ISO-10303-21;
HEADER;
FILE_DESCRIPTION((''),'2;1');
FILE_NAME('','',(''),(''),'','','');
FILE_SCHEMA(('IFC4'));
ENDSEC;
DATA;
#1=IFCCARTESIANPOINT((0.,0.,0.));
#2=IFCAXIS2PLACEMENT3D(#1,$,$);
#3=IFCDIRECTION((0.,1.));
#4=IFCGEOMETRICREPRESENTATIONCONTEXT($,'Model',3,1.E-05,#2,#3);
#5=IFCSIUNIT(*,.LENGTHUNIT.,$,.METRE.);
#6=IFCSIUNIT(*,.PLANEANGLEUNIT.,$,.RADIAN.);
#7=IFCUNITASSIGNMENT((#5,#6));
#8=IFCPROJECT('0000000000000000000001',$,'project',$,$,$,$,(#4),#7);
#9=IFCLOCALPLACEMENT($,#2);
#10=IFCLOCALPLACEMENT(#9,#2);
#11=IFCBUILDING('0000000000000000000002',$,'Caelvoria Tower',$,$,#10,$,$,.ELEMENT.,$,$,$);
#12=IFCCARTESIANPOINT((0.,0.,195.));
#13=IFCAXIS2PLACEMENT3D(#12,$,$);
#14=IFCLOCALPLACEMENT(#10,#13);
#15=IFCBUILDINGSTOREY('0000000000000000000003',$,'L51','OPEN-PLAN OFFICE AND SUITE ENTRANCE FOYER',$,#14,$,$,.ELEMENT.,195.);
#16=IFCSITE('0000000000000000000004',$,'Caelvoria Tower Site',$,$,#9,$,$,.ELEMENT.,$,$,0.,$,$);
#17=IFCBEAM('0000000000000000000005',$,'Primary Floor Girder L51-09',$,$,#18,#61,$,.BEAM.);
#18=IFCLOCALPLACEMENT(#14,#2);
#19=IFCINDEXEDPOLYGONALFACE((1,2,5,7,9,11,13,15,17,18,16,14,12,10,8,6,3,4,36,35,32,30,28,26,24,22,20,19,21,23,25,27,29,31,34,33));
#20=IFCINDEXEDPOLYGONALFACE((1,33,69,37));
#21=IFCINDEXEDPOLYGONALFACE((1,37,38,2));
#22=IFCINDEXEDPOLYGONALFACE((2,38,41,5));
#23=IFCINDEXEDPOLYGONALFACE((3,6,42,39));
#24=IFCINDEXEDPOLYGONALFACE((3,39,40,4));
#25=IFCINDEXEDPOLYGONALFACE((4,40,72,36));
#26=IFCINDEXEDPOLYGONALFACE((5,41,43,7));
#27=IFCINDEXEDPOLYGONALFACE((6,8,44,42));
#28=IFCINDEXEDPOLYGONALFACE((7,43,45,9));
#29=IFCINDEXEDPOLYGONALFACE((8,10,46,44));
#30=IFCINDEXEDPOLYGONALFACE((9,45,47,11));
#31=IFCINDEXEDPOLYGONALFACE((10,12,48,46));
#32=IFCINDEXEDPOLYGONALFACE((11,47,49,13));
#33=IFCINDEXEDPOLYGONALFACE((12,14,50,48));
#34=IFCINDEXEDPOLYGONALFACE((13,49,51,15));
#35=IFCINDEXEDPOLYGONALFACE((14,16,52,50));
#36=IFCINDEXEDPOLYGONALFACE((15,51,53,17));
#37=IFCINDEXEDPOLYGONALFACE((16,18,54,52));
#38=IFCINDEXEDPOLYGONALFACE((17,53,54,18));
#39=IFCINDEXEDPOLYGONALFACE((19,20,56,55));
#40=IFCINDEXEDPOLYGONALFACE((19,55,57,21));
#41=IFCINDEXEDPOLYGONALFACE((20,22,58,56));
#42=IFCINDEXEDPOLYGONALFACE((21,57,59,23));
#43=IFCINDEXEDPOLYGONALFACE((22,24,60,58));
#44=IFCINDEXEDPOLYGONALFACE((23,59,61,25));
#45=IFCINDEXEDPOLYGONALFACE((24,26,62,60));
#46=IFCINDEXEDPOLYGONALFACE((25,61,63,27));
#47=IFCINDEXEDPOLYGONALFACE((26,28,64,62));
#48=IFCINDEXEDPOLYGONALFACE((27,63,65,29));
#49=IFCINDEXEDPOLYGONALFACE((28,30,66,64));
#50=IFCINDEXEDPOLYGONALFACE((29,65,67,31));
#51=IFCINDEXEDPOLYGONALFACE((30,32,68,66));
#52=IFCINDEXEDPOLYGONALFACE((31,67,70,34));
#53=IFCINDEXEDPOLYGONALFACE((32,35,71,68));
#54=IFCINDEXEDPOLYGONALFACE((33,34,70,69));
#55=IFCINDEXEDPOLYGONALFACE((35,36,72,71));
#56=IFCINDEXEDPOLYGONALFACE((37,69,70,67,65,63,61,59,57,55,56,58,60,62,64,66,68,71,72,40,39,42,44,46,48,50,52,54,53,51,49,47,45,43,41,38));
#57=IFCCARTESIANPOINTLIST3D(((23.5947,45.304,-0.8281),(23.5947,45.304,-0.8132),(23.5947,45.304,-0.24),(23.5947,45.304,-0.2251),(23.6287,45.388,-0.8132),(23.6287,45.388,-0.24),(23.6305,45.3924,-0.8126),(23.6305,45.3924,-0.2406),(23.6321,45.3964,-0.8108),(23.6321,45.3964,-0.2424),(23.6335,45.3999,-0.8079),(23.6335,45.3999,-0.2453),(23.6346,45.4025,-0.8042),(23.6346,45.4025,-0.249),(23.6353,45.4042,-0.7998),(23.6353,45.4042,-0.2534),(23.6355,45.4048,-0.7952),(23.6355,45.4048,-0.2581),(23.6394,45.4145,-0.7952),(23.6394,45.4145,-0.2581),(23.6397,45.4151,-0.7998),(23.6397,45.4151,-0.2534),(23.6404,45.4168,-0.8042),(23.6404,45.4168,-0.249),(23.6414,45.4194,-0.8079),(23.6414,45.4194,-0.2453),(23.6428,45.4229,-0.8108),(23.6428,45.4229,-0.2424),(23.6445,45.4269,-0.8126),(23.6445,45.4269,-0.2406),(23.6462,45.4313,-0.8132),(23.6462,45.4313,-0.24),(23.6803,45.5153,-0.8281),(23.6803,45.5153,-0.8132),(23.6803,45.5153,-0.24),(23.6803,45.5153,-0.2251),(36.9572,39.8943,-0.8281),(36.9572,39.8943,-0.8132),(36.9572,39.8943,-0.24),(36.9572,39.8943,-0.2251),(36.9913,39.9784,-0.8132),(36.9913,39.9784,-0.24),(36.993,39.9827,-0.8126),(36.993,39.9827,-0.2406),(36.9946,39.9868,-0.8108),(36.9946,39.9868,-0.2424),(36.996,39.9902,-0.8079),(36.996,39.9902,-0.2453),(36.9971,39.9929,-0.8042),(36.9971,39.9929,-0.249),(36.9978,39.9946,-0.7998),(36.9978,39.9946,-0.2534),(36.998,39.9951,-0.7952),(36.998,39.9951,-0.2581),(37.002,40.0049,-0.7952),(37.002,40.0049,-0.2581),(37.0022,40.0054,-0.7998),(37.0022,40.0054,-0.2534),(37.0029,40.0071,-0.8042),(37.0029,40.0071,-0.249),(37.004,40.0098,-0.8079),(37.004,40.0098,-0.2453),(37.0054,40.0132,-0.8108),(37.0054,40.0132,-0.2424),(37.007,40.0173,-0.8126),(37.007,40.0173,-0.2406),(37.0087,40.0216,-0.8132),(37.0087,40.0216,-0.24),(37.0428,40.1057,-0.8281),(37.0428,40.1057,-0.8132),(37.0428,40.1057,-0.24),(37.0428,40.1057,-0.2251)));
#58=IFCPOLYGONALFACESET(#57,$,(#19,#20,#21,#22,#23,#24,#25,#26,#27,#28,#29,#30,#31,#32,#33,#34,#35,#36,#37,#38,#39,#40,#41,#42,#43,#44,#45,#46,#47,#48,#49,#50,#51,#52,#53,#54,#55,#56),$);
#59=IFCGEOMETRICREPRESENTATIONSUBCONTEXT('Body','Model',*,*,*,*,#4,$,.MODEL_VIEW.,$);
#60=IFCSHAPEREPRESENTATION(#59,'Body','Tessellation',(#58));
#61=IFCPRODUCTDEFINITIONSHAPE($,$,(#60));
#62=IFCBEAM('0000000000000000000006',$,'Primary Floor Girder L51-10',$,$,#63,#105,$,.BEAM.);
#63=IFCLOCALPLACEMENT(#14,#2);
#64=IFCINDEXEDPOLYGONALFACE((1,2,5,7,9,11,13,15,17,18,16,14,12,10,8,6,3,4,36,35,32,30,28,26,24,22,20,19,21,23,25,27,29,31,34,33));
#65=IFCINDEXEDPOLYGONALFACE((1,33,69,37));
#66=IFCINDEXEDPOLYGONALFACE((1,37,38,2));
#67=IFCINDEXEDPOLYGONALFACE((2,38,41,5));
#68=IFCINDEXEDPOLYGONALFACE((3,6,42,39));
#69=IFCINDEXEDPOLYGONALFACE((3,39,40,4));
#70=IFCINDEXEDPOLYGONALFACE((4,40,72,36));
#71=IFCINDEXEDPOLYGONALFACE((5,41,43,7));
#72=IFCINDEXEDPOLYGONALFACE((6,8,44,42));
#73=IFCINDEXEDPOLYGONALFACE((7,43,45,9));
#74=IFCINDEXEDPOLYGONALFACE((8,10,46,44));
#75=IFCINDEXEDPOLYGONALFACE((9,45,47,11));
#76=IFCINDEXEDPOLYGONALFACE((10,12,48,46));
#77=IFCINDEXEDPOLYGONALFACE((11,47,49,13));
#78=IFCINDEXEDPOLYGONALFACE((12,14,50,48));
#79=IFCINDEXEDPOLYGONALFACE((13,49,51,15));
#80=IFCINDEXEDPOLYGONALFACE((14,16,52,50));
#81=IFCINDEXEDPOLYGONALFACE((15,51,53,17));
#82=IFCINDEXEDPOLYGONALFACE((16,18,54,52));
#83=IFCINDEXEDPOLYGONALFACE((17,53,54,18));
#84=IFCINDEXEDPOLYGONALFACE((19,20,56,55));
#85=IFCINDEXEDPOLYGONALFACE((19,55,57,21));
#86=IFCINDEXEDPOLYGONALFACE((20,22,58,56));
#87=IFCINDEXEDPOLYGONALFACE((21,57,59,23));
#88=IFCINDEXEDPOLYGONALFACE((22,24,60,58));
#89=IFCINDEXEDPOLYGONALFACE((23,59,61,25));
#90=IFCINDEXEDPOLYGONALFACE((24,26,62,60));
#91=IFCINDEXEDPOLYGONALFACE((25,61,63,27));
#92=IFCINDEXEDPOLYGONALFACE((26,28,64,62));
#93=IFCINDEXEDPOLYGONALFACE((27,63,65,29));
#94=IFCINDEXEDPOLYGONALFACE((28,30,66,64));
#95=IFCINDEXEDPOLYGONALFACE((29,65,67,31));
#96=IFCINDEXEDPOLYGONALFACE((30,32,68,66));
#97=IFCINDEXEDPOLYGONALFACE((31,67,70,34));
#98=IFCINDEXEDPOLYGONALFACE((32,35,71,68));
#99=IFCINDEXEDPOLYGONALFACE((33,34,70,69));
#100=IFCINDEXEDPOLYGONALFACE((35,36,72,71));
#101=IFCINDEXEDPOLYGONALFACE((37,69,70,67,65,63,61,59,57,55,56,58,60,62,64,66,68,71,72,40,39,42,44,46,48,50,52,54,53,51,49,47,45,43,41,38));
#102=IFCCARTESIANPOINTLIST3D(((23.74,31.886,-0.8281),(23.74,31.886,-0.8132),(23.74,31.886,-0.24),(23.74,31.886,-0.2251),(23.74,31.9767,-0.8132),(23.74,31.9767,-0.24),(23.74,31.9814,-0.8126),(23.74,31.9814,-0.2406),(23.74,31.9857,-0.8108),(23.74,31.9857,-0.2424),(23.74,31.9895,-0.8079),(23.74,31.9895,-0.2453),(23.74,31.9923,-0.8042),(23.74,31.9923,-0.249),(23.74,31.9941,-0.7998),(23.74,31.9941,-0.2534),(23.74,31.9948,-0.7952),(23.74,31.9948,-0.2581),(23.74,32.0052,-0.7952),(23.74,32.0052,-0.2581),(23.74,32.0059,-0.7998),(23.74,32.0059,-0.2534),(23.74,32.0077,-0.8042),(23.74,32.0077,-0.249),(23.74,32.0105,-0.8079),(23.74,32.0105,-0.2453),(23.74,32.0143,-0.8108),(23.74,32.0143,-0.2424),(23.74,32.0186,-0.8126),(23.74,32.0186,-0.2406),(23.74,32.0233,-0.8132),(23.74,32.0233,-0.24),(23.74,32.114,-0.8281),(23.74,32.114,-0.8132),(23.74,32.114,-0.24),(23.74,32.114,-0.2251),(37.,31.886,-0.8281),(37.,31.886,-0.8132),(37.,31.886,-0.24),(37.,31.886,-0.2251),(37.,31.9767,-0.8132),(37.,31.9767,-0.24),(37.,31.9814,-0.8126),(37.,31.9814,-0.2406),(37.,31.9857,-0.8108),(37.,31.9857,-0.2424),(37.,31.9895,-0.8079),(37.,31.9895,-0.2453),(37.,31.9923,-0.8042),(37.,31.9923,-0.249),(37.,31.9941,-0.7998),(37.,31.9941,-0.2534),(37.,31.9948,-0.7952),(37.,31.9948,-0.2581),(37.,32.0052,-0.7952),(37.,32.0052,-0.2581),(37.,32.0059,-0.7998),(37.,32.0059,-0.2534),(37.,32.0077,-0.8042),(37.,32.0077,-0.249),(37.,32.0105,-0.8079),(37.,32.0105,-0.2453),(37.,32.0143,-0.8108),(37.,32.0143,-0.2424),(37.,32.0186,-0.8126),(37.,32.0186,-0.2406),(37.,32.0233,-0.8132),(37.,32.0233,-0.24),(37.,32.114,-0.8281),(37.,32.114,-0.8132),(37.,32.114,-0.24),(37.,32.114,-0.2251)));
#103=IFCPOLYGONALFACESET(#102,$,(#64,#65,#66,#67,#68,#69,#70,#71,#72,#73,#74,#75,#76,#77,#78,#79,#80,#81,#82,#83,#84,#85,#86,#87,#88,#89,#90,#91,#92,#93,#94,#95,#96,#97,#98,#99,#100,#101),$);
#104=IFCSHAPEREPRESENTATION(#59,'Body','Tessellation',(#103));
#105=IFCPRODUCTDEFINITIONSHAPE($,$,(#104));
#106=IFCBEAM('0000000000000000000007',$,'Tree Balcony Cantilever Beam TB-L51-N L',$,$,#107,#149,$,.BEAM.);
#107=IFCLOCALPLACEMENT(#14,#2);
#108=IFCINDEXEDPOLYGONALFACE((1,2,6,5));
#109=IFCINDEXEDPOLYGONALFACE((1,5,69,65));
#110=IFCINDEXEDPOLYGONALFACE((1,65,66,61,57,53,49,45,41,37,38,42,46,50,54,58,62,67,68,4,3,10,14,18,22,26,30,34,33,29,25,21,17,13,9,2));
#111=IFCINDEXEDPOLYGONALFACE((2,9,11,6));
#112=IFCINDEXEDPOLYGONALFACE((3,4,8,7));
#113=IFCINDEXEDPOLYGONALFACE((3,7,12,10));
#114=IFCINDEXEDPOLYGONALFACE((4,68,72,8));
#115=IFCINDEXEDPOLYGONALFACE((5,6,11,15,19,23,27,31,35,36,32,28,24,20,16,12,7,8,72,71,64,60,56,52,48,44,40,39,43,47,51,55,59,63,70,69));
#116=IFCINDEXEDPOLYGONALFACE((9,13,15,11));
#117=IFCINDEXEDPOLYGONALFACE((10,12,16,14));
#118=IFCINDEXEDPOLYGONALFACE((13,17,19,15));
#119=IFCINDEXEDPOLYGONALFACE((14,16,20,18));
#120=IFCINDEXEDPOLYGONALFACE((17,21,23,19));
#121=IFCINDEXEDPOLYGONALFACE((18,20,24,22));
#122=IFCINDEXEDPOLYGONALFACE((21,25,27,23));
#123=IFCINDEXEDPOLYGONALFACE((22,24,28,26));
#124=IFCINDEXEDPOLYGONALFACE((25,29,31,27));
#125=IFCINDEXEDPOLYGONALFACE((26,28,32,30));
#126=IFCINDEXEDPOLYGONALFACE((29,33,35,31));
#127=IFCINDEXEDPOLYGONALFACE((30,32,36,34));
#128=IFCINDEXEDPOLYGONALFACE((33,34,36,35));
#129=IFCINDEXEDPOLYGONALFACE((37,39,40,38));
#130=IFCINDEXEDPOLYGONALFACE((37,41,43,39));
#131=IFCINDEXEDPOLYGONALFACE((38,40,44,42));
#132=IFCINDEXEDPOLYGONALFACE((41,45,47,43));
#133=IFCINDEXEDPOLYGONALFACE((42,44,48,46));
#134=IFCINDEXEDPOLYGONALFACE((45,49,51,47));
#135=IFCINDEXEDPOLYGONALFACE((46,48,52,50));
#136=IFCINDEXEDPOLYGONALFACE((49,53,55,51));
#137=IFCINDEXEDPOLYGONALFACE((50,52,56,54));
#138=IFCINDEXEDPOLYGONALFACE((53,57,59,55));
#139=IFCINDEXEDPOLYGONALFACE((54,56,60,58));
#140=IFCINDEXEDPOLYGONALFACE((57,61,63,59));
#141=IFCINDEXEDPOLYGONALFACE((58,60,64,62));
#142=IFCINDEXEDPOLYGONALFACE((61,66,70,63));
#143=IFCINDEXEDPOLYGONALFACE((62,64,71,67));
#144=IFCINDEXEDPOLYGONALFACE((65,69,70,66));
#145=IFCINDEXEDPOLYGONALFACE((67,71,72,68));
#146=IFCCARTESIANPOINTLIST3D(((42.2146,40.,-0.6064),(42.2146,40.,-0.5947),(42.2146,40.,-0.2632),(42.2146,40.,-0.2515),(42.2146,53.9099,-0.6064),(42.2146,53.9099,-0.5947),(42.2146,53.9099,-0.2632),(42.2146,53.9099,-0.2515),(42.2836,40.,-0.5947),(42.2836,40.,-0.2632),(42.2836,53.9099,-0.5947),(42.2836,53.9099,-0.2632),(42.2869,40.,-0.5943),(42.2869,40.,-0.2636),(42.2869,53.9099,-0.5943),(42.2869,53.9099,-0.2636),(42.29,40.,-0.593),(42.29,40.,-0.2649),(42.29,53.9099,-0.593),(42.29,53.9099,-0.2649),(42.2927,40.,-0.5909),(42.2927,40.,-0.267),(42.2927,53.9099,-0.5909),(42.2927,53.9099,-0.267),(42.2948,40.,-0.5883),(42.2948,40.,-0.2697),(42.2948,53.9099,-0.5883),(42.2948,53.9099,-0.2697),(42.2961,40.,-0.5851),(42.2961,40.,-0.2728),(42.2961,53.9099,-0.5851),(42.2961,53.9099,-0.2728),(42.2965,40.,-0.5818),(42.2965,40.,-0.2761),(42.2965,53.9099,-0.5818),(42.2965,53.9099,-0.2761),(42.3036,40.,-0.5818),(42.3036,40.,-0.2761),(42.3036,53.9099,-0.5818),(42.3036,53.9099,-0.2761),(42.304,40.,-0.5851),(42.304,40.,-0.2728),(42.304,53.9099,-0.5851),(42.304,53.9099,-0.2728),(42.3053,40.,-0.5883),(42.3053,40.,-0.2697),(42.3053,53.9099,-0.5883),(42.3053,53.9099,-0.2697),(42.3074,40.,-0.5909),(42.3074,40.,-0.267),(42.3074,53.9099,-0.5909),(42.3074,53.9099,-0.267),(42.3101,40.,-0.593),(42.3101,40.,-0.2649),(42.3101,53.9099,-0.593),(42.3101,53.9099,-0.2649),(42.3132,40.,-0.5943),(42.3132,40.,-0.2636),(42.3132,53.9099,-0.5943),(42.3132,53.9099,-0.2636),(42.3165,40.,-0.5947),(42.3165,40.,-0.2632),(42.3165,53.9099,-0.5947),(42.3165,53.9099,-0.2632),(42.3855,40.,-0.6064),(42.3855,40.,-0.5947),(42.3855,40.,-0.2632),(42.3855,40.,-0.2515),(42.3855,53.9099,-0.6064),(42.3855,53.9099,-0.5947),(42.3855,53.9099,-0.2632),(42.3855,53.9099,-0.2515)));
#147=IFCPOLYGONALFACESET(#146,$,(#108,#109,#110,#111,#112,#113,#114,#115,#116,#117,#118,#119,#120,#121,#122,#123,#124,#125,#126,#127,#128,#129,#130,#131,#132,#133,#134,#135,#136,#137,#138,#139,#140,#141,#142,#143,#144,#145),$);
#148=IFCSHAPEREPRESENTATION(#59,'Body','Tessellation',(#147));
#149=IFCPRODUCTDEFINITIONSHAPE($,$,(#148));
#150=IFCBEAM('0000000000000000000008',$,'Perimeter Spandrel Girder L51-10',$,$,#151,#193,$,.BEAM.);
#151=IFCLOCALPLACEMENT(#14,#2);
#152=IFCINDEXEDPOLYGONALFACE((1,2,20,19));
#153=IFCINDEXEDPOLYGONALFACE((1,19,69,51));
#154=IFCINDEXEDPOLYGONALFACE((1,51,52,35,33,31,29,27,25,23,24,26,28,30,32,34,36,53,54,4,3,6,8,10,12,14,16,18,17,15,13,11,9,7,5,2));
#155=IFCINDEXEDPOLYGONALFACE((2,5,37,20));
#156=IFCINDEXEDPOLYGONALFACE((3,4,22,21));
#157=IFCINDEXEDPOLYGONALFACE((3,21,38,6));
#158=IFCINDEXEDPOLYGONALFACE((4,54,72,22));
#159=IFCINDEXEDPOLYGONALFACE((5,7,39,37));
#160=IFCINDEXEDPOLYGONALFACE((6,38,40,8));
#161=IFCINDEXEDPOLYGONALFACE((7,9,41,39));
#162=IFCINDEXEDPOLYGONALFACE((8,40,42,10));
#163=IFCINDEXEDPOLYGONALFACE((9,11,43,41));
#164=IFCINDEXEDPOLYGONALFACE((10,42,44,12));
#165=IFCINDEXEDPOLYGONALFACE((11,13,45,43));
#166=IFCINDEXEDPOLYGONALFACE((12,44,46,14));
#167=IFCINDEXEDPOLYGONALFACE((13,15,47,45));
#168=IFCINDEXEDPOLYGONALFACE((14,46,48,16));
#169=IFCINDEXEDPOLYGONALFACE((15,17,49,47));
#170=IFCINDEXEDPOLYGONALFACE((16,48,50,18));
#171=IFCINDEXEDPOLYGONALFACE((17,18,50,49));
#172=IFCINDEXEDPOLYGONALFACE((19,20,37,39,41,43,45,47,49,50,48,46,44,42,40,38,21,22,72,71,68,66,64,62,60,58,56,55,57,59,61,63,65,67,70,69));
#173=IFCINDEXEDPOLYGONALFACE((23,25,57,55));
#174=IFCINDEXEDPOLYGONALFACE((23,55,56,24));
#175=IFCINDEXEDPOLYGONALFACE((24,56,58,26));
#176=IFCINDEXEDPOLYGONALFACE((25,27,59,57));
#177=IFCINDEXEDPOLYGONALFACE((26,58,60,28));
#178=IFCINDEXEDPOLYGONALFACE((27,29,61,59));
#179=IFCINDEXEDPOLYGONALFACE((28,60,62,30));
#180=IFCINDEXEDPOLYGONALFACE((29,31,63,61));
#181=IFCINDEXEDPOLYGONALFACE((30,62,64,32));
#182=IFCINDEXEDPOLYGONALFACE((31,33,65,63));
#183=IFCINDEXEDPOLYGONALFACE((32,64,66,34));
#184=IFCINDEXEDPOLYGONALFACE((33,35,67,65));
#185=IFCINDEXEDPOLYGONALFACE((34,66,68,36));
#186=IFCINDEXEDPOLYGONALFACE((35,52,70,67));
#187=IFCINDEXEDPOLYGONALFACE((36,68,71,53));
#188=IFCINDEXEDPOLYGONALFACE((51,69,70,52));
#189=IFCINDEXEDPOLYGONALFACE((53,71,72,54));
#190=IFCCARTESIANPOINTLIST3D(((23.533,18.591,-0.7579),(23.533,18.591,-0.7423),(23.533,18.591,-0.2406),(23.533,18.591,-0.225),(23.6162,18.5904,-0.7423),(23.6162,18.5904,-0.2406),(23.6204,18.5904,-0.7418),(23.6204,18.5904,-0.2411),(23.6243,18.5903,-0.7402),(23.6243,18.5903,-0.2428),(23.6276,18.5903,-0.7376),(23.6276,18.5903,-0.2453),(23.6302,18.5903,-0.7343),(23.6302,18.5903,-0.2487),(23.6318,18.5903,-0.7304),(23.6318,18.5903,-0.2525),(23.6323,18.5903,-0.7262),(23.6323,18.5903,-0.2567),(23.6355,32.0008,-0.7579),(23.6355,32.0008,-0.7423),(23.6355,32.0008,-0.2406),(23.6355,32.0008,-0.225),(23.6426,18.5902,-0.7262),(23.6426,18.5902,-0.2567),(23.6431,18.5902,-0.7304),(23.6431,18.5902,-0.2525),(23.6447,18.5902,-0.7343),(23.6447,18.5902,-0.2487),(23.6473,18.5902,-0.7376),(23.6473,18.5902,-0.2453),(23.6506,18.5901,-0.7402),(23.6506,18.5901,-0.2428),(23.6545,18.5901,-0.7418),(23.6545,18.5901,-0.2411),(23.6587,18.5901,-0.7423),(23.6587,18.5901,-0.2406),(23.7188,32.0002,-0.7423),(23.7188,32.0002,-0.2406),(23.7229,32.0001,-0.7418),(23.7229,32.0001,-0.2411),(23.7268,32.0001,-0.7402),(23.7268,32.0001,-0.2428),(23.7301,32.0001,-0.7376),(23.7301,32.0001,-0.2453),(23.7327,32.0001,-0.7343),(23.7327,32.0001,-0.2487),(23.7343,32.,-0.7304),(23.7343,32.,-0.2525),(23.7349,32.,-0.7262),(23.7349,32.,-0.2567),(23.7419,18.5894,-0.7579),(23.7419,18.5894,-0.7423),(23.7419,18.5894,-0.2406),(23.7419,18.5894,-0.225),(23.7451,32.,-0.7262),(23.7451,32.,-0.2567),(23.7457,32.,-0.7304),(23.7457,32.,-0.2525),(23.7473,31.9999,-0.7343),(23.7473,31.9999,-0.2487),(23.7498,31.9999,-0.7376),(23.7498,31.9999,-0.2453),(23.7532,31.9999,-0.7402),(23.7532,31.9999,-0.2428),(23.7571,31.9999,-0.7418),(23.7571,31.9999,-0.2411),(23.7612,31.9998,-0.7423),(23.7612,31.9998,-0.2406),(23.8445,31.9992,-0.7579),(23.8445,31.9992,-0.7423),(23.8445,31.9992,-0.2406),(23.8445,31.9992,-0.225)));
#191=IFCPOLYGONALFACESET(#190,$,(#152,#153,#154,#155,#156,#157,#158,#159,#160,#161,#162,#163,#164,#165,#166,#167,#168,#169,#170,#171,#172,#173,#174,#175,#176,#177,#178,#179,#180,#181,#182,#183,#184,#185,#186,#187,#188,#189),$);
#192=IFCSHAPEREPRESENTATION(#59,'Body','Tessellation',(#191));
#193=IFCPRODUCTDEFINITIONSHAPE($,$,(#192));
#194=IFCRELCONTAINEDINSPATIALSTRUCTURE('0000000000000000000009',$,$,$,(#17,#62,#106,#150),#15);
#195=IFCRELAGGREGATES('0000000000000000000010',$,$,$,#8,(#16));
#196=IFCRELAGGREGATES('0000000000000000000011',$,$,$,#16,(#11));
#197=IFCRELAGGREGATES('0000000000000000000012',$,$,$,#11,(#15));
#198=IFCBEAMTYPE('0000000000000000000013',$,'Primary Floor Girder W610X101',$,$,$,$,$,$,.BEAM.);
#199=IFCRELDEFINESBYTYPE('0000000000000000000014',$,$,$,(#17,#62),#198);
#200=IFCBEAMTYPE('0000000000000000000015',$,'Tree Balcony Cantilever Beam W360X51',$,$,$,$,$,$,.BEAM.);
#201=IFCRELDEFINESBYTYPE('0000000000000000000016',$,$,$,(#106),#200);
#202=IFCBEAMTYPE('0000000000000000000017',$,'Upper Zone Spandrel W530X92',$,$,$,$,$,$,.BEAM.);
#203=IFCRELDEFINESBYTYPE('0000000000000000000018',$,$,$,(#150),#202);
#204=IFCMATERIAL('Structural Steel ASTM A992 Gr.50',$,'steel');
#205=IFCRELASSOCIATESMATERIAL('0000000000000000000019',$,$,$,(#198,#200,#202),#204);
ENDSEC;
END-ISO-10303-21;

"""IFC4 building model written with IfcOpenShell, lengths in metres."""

from ifc_helpers import new_model, si_unit, direction, frame, origin, origin_2d, place, context, subcontext, project, spatial, i_section, extrude, material, material_profile, profile_set, type_object, element, save


model = new_model("IFC4")

# Units and contexts
model_context = context("Model", 3, precision=1e-05, world=origin(), true_north=direction((0.0, 1.0)))
body_context = subcontext(model_context, "Body", "Model", "MODEL_VIEW")
ifc_project = project(units=[si_unit("LENGTHUNIT", "METRE"), si_unit("PLANEANGLEUNIT", "RADIAN")], contexts=[model_context])

# Site, building, storey
site_placement = place(None, origin())
site = spatial("IfcSite", under=ifc_project, at=site_placement, Name="Caelvoria Tower Site", CompositionType="ELEMENT", RefElevation=0.0)
building_placement = place(site_placement, origin())
building = spatial("IfcBuilding", under=site, at=building_placement, Name="Caelvoria Tower", CompositionType="ELEMENT")
storey_placement = place(building_placement, frame((0.0, 0.0, 195.0)))
storey = spatial("IfcBuildingStorey", under=building, at=storey_placement, Name="L51", Description="OPEN-PLAN OFFICE AND SUITE ENTRANCE FOYER", CompositionType="ELEMENT", Elevation=195.0)

# Shared definitions
ifc_material_1 = material(Name="Structural Steel ASTM A992 Gr.50", Category="steel")

# Beams
ifc_material_profile_1 = material_profile(ifc_material_1, i_section(OverallWidth=0.228, OverallDepth=0.603, WebThickness=0.0105, FlangeThickness=0.0149, FilletRadius=0.0181, at=origin_2d()), Name="Structural Steel ASTM A992 Gr.50")
ifc_profile_set_1 = profile_set([ifc_material_profile_1], Name="W610X101 - Structural Steel ASTM A992 Gr.50")
beam_type_1 = type_object("IfcBeamType", Name="Primary Floor Girder W610X101", PredefinedType="BEAM", material=ifc_profile_set_1)
beam_1_placement = place(storey_placement, frame((37.0, 40.0, -0.5266), z_axis=(-0.926922, 0.375253, 0.0), x_axis=(-0.375253, -0.926922, 0.0)))
element("IfcBeam", 1, at=beam_1_placement, inside=storey, type_object=beam_type_1, Name="Primary Floor Girder L51-09", PredefinedType="BEAM", context=body_context, shape_type="SweptSolid", body=[
    extrude(i_section(OverallWidth=0.228, OverallDepth=0.603, WebThickness=0.0105, FlangeThickness=0.0149, FilletRadius=0.0181, at=origin_2d()), origin(), (0.0, 0.0, 1.0), 14.416),
])
beam_2_placement = place(storey_placement, frame((37.0, 32.0, -0.5266), z_axis=(-1.0, 0.0, 0.0), x_axis=(0.0, -1.0, 0.0)))
element("IfcBeam", 2, at=beam_2_placement, inside=storey, type_object=beam_type_1, Name="Primary Floor Girder L51-10", PredefinedType="BEAM", context=body_context, shape_type="SweptSolid", body=[
    extrude(i_section(OverallWidth=0.228, OverallDepth=0.603, WebThickness=0.0105, FlangeThickness=0.0149, FilletRadius=0.0181, at=origin_2d()), origin(), (0.0, 0.0, 1.0), 13.26),
])
ifc_material_profile_2 = material_profile(ifc_material_1, i_section(OverallWidth=0.1709, OverallDepth=0.355, WebThickness=0.0071, FlangeThickness=0.0117, FilletRadius=0.0129, at=origin_2d()), Name="Structural Steel ASTM A992 Gr.50")
ifc_profile_set_2 = profile_set([ifc_material_profile_2], Name="W360X51 - Structural Steel ASTM A992 Gr.50")
beam_type_2 = type_object("IfcBeamType", Name="Tree Balcony Cantilever Beam W360X51", PredefinedType="BEAM", material=ifc_profile_set_2)
beam_3_placement = place(storey_placement, frame((42.3, 40.0, -0.429), z_axis=(0.0, 1.0, 0.0), x_axis=(-1.0, 0.0, 0.0)))
element("IfcBeam", 3, at=beam_3_placement, inside=storey, type_object=beam_type_2, Name="Tree Balcony Cantilever Beam TB-L51-N L", PredefinedType="BEAM", context=body_context, shape_type="SweptSolid", body=[
    extrude(i_section(OverallWidth=0.1709, OverallDepth=0.355, WebThickness=0.0071, FlangeThickness=0.0117, FilletRadius=0.0129, at=origin_2d()), origin(), (0.0, 0.0, 1.0), 13.9099),
])
ifc_material_profile_3 = material_profile(ifc_material_1, i_section(OverallWidth=0.209, OverallDepth=0.533, WebThickness=0.0103, FlangeThickness=0.0156, FilletRadius=0.0161, at=origin_2d()), Name="Structural Steel ASTM A992 Gr.50")
ifc_profile_set_3 = profile_set([ifc_material_profile_3], Name="W530X92 - Structural Steel ASTM A992 Gr.50")
beam_type_3 = type_object("IfcBeamType", Name="Upper Zone Spandrel W530X92", PredefinedType="BEAM", material=ifc_profile_set_3)
beam_4_placement = place(storey_placement, frame((23.74, 32.0, -0.4915), z_axis=(-0.007646, -0.999971, 0.0), x_axis=(0.999971, -0.007646, 0.0)))
element("IfcBeam", 4, at=beam_4_placement, inside=storey, type_object=beam_type_3, Name="Perimeter Spandrel Girder L51-10", PredefinedType="BEAM", context=body_context, shape_type="SweptSolid", body=[
    extrude(i_section(OverallWidth=0.209, OverallDepth=0.533, WebThickness=0.0103, FlangeThickness=0.0156, FilletRadius=0.0161, at=origin_2d()), origin(), (0.0, 0.0, 1.0), 13.4102),
])

save(model, "model.ifc")
